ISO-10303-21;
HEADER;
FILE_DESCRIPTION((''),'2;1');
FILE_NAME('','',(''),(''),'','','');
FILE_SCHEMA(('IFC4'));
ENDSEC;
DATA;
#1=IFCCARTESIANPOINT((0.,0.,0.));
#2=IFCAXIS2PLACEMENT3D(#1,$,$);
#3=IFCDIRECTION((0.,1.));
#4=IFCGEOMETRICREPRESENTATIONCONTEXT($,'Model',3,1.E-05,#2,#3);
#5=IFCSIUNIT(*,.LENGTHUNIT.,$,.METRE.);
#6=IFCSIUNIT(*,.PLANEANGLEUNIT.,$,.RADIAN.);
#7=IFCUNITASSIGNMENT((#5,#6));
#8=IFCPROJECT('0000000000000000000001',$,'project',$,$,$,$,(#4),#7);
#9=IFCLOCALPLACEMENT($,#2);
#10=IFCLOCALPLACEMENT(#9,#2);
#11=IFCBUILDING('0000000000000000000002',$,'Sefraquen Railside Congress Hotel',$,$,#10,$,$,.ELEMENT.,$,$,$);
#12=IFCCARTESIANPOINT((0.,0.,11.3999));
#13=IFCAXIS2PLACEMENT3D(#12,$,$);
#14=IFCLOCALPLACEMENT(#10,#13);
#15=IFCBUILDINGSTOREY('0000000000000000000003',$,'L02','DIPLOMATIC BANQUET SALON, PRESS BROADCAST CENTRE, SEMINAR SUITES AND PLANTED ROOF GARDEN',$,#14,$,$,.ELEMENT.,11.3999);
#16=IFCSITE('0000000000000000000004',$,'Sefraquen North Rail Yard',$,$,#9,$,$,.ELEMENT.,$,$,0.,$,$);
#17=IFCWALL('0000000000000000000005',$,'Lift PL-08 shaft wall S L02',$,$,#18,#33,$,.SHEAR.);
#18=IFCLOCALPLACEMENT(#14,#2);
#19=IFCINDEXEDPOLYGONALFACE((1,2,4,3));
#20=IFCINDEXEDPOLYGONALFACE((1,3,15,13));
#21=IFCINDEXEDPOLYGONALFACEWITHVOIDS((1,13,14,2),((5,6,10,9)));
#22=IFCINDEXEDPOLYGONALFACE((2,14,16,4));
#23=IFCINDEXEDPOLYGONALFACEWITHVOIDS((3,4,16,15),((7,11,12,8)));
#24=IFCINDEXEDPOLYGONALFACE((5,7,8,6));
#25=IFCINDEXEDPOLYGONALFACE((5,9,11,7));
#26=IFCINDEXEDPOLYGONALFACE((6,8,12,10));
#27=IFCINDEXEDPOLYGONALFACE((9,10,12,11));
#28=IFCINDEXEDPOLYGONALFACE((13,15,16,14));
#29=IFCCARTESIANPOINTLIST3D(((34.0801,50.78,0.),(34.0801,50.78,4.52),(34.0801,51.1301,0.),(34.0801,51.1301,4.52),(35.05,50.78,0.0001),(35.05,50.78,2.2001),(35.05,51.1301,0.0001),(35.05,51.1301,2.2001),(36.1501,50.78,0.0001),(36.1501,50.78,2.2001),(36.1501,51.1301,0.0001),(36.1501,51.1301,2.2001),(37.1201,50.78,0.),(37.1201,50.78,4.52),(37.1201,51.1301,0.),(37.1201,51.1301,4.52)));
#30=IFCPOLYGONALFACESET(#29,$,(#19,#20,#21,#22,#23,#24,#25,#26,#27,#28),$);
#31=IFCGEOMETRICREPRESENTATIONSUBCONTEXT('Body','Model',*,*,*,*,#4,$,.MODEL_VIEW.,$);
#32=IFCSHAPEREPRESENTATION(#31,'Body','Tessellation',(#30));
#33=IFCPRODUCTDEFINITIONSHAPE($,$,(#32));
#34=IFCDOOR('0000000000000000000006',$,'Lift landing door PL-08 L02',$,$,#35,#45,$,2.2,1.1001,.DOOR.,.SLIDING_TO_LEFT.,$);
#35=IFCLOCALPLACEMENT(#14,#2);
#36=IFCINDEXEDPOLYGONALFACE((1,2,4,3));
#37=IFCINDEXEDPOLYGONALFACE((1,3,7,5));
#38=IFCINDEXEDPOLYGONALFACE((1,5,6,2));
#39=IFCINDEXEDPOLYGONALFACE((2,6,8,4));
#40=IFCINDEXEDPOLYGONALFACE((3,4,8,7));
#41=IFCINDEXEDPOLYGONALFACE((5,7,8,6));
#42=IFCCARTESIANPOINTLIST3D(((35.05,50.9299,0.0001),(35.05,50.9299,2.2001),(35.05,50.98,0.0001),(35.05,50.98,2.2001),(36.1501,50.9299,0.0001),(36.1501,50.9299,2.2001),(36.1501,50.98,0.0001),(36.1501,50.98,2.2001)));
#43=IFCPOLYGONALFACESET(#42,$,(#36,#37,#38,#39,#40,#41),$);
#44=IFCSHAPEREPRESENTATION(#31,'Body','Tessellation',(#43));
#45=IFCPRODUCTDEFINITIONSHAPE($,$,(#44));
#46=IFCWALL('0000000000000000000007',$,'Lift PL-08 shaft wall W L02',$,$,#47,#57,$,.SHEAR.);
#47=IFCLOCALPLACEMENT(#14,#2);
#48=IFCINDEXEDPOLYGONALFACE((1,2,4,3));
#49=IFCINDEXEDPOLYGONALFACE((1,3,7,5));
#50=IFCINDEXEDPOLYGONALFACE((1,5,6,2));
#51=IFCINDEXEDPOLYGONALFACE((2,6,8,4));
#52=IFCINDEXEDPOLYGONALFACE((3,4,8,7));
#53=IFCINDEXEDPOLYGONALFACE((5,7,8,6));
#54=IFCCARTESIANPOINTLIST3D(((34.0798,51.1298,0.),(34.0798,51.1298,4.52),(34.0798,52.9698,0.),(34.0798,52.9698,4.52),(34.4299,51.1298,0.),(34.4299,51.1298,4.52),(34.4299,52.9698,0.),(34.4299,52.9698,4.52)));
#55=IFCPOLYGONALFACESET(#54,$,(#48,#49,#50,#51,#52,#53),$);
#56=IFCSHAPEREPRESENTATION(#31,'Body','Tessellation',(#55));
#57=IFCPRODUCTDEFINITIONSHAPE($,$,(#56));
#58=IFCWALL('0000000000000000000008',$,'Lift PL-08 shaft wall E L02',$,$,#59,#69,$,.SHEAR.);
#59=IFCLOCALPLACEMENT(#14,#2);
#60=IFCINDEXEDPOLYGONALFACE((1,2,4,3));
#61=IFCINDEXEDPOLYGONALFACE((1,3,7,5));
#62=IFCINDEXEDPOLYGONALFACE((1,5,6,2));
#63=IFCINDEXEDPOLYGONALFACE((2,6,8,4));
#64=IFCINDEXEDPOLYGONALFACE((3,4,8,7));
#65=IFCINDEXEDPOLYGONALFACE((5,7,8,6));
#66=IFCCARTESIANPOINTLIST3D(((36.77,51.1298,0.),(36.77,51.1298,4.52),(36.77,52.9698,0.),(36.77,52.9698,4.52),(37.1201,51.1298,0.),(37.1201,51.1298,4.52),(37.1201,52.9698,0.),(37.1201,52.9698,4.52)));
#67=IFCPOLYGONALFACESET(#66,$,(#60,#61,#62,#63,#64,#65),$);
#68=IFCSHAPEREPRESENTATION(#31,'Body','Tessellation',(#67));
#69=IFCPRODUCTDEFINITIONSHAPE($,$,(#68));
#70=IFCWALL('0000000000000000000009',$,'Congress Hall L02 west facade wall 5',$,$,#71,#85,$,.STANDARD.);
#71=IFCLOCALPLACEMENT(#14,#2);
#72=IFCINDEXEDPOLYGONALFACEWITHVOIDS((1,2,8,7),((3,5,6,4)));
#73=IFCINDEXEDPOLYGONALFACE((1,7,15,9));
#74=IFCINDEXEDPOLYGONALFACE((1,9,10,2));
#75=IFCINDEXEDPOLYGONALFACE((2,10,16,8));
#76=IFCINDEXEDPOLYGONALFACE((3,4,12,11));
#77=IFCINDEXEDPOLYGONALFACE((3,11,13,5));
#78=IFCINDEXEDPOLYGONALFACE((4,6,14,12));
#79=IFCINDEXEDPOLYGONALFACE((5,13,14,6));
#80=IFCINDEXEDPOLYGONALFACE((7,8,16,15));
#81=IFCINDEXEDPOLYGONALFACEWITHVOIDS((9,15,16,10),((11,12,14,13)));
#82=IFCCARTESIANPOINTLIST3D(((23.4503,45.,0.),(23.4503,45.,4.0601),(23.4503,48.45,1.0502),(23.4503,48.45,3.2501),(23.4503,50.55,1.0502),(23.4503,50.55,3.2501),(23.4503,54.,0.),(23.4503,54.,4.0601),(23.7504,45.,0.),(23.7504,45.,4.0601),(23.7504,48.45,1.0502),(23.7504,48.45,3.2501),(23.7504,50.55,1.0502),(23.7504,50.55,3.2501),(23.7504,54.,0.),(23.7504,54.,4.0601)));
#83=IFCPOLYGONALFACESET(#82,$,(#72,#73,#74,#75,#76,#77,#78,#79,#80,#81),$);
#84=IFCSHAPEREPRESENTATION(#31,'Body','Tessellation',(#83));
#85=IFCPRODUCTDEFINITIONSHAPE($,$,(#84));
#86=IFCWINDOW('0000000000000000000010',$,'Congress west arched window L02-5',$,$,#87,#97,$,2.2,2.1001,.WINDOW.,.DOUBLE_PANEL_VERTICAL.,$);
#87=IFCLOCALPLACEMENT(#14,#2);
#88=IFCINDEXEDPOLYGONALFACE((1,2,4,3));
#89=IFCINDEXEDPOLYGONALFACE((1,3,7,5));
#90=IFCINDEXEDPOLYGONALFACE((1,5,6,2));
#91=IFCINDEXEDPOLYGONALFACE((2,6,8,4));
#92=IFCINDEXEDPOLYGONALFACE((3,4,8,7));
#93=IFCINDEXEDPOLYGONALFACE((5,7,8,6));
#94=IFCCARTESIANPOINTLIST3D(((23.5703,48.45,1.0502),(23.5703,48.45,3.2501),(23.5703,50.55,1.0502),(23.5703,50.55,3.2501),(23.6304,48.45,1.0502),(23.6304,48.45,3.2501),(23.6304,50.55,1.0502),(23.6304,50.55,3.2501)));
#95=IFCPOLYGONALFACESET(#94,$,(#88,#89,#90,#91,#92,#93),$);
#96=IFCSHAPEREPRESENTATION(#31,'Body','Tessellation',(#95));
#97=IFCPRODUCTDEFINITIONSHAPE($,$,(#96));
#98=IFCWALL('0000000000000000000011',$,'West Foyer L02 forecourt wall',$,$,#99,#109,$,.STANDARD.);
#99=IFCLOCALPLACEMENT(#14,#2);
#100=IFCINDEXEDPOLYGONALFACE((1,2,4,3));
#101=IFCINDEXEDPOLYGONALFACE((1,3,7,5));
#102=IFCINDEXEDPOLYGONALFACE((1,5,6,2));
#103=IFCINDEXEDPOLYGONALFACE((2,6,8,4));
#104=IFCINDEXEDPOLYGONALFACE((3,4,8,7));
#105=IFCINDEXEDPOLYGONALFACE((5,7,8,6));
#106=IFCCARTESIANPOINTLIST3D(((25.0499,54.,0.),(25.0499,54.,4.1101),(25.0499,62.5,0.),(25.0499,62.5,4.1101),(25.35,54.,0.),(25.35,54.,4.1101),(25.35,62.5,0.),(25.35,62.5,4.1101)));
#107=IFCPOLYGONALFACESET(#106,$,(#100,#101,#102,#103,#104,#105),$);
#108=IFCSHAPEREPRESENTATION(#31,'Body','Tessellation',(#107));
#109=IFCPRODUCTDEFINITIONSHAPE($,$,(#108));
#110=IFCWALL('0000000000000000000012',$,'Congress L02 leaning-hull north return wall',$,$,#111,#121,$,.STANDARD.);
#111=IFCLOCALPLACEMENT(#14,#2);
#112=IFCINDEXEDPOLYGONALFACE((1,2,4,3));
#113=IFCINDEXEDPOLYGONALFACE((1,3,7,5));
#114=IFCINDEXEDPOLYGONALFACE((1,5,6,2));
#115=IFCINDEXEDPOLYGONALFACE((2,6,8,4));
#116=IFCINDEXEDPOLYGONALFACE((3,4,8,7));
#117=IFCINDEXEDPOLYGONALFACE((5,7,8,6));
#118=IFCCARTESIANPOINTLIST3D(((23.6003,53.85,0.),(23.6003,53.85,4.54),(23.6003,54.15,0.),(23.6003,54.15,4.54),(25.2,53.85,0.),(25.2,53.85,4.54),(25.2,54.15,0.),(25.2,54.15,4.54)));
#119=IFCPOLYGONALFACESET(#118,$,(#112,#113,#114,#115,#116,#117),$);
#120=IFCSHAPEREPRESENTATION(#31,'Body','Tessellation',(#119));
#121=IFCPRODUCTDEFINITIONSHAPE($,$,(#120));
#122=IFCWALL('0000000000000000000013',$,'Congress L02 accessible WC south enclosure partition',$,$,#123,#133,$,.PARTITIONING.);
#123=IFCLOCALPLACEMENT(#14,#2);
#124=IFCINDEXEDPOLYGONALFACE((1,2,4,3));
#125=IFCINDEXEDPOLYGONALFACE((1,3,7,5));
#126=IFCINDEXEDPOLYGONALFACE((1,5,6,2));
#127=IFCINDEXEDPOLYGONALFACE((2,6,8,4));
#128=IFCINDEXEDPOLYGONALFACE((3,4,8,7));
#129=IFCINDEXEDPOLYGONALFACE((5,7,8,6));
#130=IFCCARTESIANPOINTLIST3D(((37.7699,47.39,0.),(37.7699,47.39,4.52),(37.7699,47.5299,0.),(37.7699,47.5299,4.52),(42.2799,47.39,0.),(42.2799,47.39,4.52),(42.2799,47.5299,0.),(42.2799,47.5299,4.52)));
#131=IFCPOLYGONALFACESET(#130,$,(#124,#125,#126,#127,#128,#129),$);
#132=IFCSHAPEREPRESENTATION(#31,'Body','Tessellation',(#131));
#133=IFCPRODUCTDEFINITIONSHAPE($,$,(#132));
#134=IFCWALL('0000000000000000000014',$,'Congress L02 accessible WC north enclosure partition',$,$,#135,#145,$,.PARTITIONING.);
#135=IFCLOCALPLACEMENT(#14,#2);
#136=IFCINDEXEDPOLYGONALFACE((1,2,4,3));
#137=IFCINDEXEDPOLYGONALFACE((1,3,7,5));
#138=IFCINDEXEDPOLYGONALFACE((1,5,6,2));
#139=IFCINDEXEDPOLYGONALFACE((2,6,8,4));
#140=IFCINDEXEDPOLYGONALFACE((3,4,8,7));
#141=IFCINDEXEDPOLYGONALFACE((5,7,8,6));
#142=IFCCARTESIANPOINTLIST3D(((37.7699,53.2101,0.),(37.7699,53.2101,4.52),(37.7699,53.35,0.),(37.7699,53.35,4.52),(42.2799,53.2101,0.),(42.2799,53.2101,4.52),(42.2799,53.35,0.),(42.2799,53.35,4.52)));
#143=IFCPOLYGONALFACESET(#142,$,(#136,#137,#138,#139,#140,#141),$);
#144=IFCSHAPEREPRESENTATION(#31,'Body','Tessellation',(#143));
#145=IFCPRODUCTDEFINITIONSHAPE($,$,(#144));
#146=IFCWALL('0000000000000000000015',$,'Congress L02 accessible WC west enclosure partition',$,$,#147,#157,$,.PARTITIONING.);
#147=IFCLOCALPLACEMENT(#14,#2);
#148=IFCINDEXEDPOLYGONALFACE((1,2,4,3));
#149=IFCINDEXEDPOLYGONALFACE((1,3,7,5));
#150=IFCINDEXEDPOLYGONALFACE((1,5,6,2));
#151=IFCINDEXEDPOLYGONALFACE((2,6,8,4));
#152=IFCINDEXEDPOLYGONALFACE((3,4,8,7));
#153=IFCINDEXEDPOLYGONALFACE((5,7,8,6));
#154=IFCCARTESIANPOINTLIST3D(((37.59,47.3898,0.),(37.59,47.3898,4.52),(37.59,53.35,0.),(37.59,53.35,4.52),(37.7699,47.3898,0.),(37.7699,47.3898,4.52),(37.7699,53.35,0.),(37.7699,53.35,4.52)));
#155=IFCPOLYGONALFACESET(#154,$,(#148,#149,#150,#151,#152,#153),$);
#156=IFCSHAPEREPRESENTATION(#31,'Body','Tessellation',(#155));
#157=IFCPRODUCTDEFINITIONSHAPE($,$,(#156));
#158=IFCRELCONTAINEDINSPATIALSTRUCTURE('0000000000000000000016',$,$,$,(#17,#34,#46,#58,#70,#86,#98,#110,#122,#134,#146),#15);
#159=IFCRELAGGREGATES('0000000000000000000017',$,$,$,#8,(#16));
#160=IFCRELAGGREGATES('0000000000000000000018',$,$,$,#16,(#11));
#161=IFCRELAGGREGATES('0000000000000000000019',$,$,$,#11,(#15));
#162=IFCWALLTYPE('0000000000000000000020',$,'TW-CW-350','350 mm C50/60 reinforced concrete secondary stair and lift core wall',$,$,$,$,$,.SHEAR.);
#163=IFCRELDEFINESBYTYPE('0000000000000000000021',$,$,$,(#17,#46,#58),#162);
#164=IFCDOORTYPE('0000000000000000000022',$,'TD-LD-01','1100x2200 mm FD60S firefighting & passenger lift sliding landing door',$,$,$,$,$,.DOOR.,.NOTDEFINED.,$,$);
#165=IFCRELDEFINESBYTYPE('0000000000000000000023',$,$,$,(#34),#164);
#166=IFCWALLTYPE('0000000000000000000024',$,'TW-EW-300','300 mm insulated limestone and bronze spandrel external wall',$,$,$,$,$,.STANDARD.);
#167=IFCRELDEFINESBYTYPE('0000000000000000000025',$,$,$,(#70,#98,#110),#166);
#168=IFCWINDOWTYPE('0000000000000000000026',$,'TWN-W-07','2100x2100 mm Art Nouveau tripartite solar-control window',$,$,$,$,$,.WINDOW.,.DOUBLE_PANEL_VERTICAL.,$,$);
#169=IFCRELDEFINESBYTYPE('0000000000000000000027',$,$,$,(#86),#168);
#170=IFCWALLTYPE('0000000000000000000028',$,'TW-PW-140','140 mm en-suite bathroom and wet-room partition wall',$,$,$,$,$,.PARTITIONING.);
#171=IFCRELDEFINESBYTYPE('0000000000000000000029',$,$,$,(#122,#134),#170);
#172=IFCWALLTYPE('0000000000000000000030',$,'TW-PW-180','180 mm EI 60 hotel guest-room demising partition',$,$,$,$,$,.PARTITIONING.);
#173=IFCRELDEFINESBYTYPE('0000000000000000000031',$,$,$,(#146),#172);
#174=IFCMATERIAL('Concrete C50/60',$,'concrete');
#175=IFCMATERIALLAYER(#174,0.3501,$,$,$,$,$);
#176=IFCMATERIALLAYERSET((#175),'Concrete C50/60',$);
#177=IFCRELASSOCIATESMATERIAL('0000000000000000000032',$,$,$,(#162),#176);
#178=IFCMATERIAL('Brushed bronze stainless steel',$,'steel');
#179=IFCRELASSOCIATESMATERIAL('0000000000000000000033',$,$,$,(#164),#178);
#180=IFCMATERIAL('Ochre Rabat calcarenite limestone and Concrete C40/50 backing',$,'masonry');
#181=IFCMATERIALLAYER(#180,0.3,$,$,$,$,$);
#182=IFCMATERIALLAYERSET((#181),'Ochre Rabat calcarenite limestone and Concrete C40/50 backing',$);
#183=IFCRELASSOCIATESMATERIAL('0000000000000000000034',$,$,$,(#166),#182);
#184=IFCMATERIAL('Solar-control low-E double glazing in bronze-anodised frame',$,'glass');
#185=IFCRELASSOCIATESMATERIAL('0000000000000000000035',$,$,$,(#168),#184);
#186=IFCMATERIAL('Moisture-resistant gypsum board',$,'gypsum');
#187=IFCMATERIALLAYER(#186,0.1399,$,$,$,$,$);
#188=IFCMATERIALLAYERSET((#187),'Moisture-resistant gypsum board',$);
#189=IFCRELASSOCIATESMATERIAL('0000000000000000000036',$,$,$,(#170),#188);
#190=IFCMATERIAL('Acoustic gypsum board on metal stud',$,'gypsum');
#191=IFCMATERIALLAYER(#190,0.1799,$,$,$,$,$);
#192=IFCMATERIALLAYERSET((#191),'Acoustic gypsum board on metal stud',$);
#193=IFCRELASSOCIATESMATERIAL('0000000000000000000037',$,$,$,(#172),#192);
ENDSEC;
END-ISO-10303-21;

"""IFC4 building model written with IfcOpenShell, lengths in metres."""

from ifc_helpers import new_model, si_unit, direction, frame, frame_2d, origin, place, context, subcontext, project, spatial, rectangle, extrude, material, layer, layer_set, type_object, element, fill, save


model = new_model("IFC4")

# Units and contexts
model_context = context("Model", 3, precision=1e-05, world=origin(), true_north=direction((0.0, 1.0)))
body_context = subcontext(model_context, "Body", "Model", "MODEL_VIEW")
ifc_project = project(units=[si_unit("LENGTHUNIT", "METRE"), si_unit("PLANEANGLEUNIT", "RADIAN")], contexts=[model_context])

# Site, building, storey
site_placement = place(None, origin())
site = spatial("IfcSite", under=ifc_project, at=site_placement, Name="Sefraquen North Rail Yard", CompositionType="ELEMENT", RefElevation=0.0)
building_placement = place(site_placement, origin())
building = spatial("IfcBuilding", under=site, at=building_placement, Name="Sefraquen Railside Congress Hotel", CompositionType="ELEMENT")
storey_placement = place(building_placement, frame((0.0, 0.0, 11.3999)))
storey = spatial("IfcBuildingStorey", under=building, at=storey_placement, Name="L02", Description="DIPLOMATIC BANQUET SALON, PRESS BROADCAST CENTRE, SEMINAR SUITES AND PLANTED ROOF GARDEN", CompositionType="ELEMENT", Elevation=11.3999)

# Shared definitions
ifc_material_1 = material(Name="Concrete C50/60", Category="concrete")
ifc_layer_1 = layer(ifc_material_1, 0.3501)
ifc_layer_set_1 = layer_set([ifc_layer_1], Name="Concrete C50/60")
wall_type_1 = type_object("IfcWallType", Name="TW-CW-350", Description="350 mm C50/60 reinforced concrete secondary stair and lift core wall", PredefinedType="SHEAR", material=ifc_layer_set_1)

# Wall, opening, door
wall_1_placement = place(storey_placement, frame((34.0801, 50.9551, 0.0), z_axis=(0.0, 0.0, 1.0), x_axis=(1.0, 0.0, 0.0)))
wall_1 = element("IfcWall", 1, at=wall_1_placement, inside=storey, type_object=wall_type_1, Name="Lift PL-08 shaft wall S L02", PredefinedType="SHEAR", context=body_context, shape_type="SweptSolid", body=[
    extrude(rectangle(XDim=3.04, YDim=0.3501, at=frame_2d((1.52, 0.0))), origin(), (0.0, 0.0, 1.0), 4.52),
])
opening_1_placement = place(wall_1_placement, frame((0.97, 0.0, 0.0)))
opening_1 = element("IfcOpeningElement", 2, at=opening_1_placement, cuts=wall_1, PredefinedType="OPENING", context=body_context, shape_type="SweptSolid", body=[
    extrude(rectangle(XDim=1.1001, YDim=2.2, at=frame_2d((0.55, 1.1001))), frame((0.0, 0.1851, 0.0), z_axis=(0.0, -1.0, 0.0), x_axis=(1.0, 0.0, 0.0)), (0.0, 0.0, 1.0), 0.3701),
])
ifc_material_2 = material(Name="Brushed bronze stainless steel", Category="steel")
door_type_1 = type_object("IfcDoorType", Name="TD-LD-01", Description="1100x2200 mm FD60S firefighting & passenger lift sliding landing door", OperationType="NOTDEFINED", PredefinedType="DOOR", material=ifc_material_2)
door_1_placement = place(opening_1_placement, origin())
door_1 = element("IfcDoor", 3, at=door_1_placement, inside=storey, type_object=door_type_1, Name="Lift landing door PL-08 L02", OperationType="SLIDING_TO_LEFT", OverallHeight=2.2, OverallWidth=1.1001, PredefinedType="DOOR", context=body_context, shape_type="SweptSolid", body=[
    extrude(rectangle(XDim=1.1001, YDim=2.2, at=frame_2d((0.55, 1.1001))), frame((0.0, 0.0249, 0.0), z_axis=(0.0, -1.0, 0.0), x_axis=(1.0, 0.0, 0.0)), (0.0, 0.0, 1.0), 0.05),
])
fill(opening_1, door_1)

# Walls
for number, where, z_axis, x_axis, name in (
    (4, (34.2549, 51.1299, 0.0), (0.0, 0.0, 1.0), (0.0, 1.0, 0.0), "Lift PL-08 shaft wall W L02"),
    (5, (36.9451, 51.1299, 0.0), (0.0, 0.0, 1.0), (0.0, 1.0, 0.0), "Lift PL-08 shaft wall E L02"),
):
    element("IfcWall", number, at=place(storey_placement, frame(where, z_axis=z_axis, x_axis=x_axis)), inside=storey, type_object=wall_type_1, Name=name, PredefinedType="SHEAR", context=body_context, shape_type="SweptSolid", body=[
        extrude(rectangle(XDim=1.8401, YDim=0.3501, at=frame_2d((0.9199, 0.0))), origin(), (0.0, 0.0, 1.0), 4.52),
    ])

# Wall, opening, window
ifc_material_3 = material(Name="Ochre Rabat calcarenite limestone and Concrete C40/50 backing", Category="masonry")
ifc_layer_2 = layer(ifc_material_3, 0.3)
ifc_layer_set_2 = layer_set([ifc_layer_2], Name="Ochre Rabat calcarenite limestone and Concrete C40/50 backing")
wall_type_2 = type_object("IfcWallType", Name="TW-EW-300", Description="300 mm insulated limestone and bronze spandrel external wall", PredefinedType="STANDARD", material=ifc_layer_set_2)
wall_2_placement = place(storey_placement, frame((23.6003, 45.0, 0.0), z_axis=(0.0, 0.0, 1.0), x_axis=(0.0, 1.0, 0.0)))
wall_2 = element("IfcWall", 6, at=wall_2_placement, inside=storey, type_object=wall_type_2, Name="Congress Hall L02 west facade wall 5", PredefinedType="STANDARD", context=body_context, shape_type="SweptSolid", body=[
    extrude(rectangle(XDim=9.0, YDim=0.3, at=frame_2d((4.5, 0.0))), origin(), (0.0, 0.0, 1.0), 4.0601),
])
opening_2_placement = place(wall_2_placement, frame((3.45, 0.0, 1.05)))
opening_2 = element("IfcOpeningElement", 7, at=opening_2_placement, cuts=wall_2, PredefinedType="OPENING", context=body_context, shape_type="SweptSolid", body=[
    extrude(rectangle(XDim=2.1001, YDim=2.2, at=frame_2d((1.05, 1.1001))), frame((0.0, 0.1599, 0.0), z_axis=(0.0, -1.0, 0.0), x_axis=(1.0, 0.0, 0.0)), (0.0, 0.0, 1.0), 0.3201),
])
ifc_material_4 = material(Name="Solar-control low-E double glazing in bronze-anodised frame", Category="glass")
window_type = type_object("IfcWindowType", Name="TWN-W-07", Description="2100x2100 mm Art Nouveau tripartite solar-control window", PartitioningType="DOUBLE_PANEL_VERTICAL", PredefinedType="WINDOW", material=ifc_material_4)
window_placement = place(opening_2_placement, origin())
window = element("IfcWindow", 8, at=window_placement, inside=storey, type_object=window_type, Name="Congress west arched window L02-5", OverallHeight=2.2, OverallWidth=2.1001, PartitioningType="DOUBLE_PANEL_VERTICAL", PredefinedType="WINDOW", context=body_context, shape_type="SweptSolid", body=[
    extrude(rectangle(XDim=2.1001, YDim=2.2, at=frame_2d((1.05, 1.1001))), frame((0.0, 0.03, 0.0), z_axis=(0.0, -1.0, 0.0), x_axis=(1.0, 0.0, 0.0)), (0.0, 0.0, 1.0), 0.0601),
])
fill(opening_2, window)

# Walls
wall_3_placement = place(storey_placement, frame((25.2, 54.0, 0.0), z_axis=(0.0, 0.0, 1.0), x_axis=(0.0, 1.0, 0.0)))
element("IfcWall", 9, at=wall_3_placement, inside=storey, type_object=wall_type_2, Name="West Foyer L02 forecourt wall", PredefinedType="STANDARD", context=body_context, shape_type="SweptSolid", body=[
    extrude(rectangle(XDim=8.5, YDim=0.3, at=frame_2d((4.25, 0.0))), origin(), (0.0, 0.0, 1.0), 4.1101),
])
wall_4_placement = place(storey_placement, frame((23.6003, 54.0, 0.0), z_axis=(0.0, 0.0, 1.0), x_axis=(1.0, 0.0, 0.0)))
element("IfcWall", 10, at=wall_4_placement, inside=storey, type_object=wall_type_2, Name="Congress L02 leaning-hull north return wall", PredefinedType="STANDARD", context=body_context, shape_type="SweptSolid", body=[
    extrude(rectangle(XDim=1.5996, YDim=0.3, at=frame_2d((0.7998, 0.0))), origin(), (0.0, 0.0, 1.0), 4.54),
])
ifc_material_5 = material(Name="Moisture-resistant gypsum board", Category="gypsum")
ifc_layer_3 = layer(ifc_material_5, 0.1399)
ifc_layer_set_3 = layer_set([ifc_layer_3], Name="Moisture-resistant gypsum board")
wall_type_3 = type_object("IfcWallType", Name="TW-PW-140", Description="140 mm en-suite bathroom and wet-room partition wall", PredefinedType="PARTITIONING", material=ifc_layer_set_3)
for number, where, z_axis, x_axis, name in (
    (11, (37.77, 47.46, 0.0), (0.0, 0.0, 1.0), (1.0, 0.0, 0.0), "Congress L02 accessible WC south enclosure partition"),
    (12, (37.77, 53.28, 0.0), (0.0, 0.0, 1.0), (1.0, 0.0, 0.0), "Congress L02 accessible WC north enclosure partition"),
):
    element("IfcWall", number, at=place(storey_placement, frame(where, z_axis=z_axis, x_axis=x_axis)), inside=storey, type_object=wall_type_3, Name=name, PredefinedType="PARTITIONING", context=body_context, shape_type="SweptSolid", body=[
        extrude(rectangle(XDim=4.51, YDim=0.1399, at=frame_2d((2.2549, 0.0))), origin(), (0.0, 0.0, 1.0), 4.52),
    ])
ifc_material_6 = material(Name="Acoustic gypsum board on metal stud", Category="gypsum")
ifc_layer_4 = layer(ifc_material_6, 0.1799)
ifc_layer_set_4 = layer_set([ifc_layer_4], Name="Acoustic gypsum board on metal stud")
wall_type_4 = type_object("IfcWallType", Name="TW-PW-180", Description="180 mm EI 60 hotel guest-room demising partition", PredefinedType="PARTITIONING", material=ifc_layer_set_4)
wall_5_placement = place(storey_placement, frame((37.6799, 47.3899, 0.0), z_axis=(0.0, 0.0, 1.0), x_axis=(0.0, 1.0, 0.0)))
element("IfcWall", 13, at=wall_5_placement, inside=storey, type_object=wall_type_4, Name="Congress L02 accessible WC west enclosure partition", PredefinedType="PARTITIONING", context=body_context, shape_type="SweptSolid", body=[
    extrude(rectangle(XDim=5.9602, YDim=0.1799, at=frame_2d((2.98, 0.0))), origin(), (0.0, 0.0, 1.0), 4.52),
])

save(model, "model.ifc")
